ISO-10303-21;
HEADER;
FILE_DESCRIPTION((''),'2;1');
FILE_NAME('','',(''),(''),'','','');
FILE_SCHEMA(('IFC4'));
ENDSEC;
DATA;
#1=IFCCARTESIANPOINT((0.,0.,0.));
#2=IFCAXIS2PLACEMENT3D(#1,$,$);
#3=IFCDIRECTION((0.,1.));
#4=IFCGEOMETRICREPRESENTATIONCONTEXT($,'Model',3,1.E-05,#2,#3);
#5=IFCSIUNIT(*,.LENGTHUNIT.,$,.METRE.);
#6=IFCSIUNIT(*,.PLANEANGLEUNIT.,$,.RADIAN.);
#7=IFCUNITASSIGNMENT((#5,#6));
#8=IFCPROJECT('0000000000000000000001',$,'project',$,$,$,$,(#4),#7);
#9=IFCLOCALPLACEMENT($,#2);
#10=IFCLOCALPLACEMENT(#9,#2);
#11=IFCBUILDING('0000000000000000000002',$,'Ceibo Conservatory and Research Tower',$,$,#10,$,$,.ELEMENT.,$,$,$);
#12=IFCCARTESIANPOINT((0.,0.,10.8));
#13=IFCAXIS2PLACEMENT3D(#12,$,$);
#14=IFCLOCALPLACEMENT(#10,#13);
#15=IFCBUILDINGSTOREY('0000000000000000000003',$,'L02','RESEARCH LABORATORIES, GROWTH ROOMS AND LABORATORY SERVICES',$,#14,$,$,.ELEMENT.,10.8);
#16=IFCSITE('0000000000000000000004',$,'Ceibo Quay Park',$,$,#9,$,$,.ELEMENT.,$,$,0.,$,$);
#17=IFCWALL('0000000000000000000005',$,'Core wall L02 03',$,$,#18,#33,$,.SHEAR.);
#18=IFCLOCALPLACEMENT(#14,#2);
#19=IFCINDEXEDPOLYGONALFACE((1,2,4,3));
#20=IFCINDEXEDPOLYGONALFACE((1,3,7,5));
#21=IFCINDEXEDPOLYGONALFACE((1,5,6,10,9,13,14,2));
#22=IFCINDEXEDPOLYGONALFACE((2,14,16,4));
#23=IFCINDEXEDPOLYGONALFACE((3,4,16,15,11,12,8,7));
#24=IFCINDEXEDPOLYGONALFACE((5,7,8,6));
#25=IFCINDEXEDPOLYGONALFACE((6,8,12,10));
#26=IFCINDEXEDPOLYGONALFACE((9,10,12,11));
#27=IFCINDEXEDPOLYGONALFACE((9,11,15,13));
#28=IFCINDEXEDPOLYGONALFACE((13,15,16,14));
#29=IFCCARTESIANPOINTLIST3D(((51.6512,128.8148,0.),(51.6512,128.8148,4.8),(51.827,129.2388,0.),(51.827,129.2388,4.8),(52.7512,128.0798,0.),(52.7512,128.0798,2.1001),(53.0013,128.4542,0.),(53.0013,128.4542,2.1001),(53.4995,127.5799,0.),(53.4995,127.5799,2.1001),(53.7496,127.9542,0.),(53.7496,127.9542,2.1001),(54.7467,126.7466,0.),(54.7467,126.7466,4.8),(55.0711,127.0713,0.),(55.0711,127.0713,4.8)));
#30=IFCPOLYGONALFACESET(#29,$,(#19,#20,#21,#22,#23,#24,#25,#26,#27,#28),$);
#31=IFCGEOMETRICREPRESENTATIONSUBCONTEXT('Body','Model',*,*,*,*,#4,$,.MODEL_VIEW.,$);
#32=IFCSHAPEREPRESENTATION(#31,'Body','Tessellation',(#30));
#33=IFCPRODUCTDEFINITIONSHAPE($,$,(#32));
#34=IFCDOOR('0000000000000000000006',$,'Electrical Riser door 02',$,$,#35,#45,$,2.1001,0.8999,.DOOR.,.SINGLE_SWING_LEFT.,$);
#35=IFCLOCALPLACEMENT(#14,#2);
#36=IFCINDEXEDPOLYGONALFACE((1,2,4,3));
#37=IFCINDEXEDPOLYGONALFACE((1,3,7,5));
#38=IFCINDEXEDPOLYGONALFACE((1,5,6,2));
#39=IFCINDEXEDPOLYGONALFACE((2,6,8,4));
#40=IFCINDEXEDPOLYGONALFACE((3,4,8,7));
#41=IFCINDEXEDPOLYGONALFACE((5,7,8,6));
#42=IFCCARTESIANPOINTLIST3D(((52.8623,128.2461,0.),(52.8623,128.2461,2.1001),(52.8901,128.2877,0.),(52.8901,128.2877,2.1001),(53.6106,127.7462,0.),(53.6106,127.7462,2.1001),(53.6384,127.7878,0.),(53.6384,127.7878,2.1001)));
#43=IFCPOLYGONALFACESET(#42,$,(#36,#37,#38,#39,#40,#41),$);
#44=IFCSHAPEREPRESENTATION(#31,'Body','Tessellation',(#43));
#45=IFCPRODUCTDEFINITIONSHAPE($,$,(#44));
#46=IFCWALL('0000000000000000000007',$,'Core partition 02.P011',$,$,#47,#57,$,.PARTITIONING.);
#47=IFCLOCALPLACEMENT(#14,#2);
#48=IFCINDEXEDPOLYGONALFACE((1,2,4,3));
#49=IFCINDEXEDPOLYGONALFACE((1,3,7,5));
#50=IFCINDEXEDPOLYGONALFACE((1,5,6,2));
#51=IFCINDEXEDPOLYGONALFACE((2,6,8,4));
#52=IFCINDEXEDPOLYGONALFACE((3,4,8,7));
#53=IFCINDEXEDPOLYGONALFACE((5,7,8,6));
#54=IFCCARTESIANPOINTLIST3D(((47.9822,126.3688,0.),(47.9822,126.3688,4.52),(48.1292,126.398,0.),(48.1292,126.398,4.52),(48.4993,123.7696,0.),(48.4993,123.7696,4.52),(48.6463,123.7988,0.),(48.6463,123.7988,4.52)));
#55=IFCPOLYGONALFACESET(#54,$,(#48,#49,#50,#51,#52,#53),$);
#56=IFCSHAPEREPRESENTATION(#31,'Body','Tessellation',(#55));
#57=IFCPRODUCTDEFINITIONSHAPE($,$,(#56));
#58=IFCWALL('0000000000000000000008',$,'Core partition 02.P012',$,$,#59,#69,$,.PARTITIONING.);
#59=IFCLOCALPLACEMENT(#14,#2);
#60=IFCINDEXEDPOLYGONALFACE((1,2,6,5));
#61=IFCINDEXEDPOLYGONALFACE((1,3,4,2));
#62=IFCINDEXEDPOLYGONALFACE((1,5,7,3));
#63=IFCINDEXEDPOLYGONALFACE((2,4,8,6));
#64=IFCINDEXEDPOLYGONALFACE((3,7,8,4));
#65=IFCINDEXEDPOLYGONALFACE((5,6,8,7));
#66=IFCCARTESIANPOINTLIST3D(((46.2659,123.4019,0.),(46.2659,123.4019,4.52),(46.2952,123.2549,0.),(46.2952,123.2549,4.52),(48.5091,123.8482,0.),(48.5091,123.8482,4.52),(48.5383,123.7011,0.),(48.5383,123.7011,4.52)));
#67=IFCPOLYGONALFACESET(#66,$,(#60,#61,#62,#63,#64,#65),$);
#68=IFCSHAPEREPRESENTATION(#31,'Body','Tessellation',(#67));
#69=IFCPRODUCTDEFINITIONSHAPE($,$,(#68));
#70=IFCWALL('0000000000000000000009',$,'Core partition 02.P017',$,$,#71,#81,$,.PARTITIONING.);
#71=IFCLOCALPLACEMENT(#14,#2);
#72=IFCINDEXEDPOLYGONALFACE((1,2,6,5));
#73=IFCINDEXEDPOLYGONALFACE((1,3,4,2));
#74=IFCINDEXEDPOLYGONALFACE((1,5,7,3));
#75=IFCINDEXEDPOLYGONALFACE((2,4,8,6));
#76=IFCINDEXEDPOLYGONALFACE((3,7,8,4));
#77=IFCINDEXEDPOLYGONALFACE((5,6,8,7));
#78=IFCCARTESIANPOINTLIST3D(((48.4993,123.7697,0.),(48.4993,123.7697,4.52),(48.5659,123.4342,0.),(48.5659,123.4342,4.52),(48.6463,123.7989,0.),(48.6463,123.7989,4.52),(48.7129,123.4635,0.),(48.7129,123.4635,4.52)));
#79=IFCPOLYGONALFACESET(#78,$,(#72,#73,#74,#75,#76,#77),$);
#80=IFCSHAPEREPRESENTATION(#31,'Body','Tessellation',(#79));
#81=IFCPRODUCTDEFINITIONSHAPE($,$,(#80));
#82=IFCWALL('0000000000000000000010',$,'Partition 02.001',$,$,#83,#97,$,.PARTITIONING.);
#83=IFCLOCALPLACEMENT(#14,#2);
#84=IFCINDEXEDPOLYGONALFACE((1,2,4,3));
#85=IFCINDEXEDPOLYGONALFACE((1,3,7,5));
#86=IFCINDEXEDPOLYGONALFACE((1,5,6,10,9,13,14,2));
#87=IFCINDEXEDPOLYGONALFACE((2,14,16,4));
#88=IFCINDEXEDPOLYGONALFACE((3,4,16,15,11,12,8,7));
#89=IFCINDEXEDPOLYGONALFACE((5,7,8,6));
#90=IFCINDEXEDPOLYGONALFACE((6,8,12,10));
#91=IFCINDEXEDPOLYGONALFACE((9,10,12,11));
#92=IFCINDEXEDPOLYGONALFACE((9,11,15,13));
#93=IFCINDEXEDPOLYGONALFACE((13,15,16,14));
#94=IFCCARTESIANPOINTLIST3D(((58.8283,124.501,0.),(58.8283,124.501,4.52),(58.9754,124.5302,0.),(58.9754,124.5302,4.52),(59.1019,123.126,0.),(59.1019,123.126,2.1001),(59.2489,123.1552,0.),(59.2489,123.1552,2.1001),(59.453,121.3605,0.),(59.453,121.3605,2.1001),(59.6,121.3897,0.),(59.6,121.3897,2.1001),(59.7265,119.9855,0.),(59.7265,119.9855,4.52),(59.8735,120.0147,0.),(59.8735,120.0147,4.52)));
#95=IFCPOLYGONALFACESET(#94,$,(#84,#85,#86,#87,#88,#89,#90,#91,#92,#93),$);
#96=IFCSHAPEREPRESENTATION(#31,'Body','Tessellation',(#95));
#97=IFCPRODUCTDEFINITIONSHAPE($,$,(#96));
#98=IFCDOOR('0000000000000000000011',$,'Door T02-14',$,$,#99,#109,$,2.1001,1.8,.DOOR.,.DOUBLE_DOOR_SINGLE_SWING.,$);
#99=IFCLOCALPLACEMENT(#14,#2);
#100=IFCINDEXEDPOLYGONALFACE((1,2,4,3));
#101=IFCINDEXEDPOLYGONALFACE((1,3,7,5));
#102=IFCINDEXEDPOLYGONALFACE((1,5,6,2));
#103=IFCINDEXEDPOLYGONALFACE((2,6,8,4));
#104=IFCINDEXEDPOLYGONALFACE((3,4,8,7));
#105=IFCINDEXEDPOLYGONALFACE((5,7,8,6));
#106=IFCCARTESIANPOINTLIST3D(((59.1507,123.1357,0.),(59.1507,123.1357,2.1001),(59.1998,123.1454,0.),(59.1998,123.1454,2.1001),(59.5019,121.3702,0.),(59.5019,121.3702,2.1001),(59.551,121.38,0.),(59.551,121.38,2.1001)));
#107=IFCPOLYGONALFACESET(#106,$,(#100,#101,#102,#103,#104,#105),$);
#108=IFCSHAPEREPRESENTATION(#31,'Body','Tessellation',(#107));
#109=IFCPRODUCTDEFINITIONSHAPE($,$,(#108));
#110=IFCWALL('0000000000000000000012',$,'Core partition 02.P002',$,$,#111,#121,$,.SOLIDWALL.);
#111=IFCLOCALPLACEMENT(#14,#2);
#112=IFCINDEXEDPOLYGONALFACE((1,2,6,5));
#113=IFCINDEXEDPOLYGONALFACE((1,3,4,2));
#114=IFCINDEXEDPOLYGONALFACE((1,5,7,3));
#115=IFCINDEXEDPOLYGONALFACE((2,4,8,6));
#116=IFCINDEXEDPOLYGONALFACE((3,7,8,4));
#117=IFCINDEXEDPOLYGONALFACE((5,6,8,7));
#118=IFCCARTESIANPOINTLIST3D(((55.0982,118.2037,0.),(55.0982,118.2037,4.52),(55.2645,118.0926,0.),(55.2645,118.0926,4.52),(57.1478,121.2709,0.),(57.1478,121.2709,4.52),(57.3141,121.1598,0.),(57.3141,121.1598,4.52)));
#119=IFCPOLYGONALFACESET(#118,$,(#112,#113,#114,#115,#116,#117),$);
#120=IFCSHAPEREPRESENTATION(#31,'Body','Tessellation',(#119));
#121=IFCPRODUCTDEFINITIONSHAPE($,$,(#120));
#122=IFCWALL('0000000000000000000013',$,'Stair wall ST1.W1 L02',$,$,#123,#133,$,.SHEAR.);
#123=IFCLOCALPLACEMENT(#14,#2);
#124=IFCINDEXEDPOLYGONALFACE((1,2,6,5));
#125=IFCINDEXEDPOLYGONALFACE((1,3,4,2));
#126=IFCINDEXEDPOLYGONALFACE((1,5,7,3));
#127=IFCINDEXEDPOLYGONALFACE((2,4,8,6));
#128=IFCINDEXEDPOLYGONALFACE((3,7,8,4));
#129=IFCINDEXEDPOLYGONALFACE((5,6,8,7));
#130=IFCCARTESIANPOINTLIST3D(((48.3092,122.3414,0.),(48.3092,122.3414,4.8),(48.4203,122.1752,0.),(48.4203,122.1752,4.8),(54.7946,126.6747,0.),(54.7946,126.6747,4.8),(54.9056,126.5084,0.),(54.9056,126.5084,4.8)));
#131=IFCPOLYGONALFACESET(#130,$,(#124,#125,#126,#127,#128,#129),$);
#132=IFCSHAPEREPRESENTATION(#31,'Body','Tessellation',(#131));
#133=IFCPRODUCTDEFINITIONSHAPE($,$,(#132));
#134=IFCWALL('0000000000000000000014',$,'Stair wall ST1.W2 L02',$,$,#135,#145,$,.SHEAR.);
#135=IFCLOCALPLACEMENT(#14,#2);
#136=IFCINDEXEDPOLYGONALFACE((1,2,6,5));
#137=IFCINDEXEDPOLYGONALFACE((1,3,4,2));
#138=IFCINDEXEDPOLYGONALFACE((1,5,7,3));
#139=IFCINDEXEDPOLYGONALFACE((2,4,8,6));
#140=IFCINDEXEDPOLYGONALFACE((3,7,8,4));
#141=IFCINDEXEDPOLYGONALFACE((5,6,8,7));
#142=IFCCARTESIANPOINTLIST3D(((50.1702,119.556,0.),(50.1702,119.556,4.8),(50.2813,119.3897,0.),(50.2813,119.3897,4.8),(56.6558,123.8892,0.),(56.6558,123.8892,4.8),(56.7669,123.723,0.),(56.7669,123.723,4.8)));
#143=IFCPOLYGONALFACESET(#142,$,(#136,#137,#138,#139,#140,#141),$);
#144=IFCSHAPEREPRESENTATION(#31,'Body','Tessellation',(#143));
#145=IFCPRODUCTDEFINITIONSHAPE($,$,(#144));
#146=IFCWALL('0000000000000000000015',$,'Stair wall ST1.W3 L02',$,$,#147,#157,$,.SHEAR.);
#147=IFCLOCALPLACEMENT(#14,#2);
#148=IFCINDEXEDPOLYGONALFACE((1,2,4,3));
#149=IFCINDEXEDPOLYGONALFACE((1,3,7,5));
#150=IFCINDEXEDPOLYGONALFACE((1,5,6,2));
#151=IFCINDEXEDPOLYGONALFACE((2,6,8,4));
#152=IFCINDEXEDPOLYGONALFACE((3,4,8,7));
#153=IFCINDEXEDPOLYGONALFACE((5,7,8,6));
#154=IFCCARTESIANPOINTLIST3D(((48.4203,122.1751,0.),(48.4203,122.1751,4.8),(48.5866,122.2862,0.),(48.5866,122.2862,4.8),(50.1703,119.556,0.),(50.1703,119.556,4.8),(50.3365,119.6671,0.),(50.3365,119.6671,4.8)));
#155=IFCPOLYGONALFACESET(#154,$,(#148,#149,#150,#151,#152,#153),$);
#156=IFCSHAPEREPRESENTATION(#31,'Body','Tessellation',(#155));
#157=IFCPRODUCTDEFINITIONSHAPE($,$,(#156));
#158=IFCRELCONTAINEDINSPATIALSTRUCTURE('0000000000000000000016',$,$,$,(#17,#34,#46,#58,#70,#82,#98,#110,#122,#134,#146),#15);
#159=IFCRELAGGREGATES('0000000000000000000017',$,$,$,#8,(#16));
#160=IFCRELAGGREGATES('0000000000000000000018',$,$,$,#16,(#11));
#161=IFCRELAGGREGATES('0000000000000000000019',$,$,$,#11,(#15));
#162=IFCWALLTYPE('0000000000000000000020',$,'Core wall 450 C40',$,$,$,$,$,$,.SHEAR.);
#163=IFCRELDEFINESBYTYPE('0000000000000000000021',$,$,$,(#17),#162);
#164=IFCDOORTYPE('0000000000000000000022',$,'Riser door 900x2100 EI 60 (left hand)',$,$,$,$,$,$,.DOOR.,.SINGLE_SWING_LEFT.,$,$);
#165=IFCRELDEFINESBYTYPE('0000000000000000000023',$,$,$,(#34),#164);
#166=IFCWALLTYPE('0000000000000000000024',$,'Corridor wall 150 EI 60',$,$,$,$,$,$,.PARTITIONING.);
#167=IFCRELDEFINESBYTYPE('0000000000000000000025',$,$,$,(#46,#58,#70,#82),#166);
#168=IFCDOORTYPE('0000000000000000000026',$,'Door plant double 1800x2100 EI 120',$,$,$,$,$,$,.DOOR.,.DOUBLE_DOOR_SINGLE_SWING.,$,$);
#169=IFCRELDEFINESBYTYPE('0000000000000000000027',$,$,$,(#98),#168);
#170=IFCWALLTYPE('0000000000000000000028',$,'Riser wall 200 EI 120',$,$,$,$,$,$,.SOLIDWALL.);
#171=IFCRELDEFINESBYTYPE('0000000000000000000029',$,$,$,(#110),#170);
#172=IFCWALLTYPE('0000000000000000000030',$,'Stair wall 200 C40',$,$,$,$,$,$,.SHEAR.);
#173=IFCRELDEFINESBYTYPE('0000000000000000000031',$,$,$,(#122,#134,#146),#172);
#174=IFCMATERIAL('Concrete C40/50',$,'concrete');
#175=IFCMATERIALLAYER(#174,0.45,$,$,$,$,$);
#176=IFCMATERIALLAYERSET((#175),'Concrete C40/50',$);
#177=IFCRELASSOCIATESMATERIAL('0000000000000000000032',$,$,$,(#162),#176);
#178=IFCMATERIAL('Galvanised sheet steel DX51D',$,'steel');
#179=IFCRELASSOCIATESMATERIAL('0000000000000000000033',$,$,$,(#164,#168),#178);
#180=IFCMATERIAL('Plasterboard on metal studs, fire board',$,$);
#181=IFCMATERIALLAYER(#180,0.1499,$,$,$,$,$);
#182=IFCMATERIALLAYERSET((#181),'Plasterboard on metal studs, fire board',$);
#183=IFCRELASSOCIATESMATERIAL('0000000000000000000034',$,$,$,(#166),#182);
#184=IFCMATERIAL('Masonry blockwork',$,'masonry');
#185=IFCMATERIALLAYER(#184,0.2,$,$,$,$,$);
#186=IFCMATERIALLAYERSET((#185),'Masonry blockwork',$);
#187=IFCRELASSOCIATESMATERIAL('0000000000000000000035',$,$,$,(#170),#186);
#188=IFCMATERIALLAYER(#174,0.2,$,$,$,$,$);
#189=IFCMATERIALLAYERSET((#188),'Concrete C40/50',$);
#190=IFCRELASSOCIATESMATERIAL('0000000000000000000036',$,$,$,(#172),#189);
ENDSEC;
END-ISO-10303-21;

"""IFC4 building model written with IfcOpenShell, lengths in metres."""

from ifc_helpers import new_model, si_unit, direction, frame, frame_2d, origin, place, context, subcontext, project, spatial, polyline, rectangle, outline, extrude, material, layer, layer_set, type_object, element, fill, save


model = new_model("IFC4")

# Units and contexts
model_context = context("Model", 3, precision=1e-05, world=origin(), true_north=direction((0.0, 1.0)))
body_context = subcontext(model_context, "Body", "Model", "MODEL_VIEW")
ifc_project = project(units=[si_unit("LENGTHUNIT", "METRE"), si_unit("PLANEANGLEUNIT", "RADIAN")], contexts=[model_context])

# Site, building, storey
site_placement = place(None, origin())
site = spatial("IfcSite", under=ifc_project, at=site_placement, Name="Ceibo Quay Park", CompositionType="ELEMENT", RefElevation=0.0)
building_placement = place(site_placement, origin())
building = spatial("IfcBuilding", under=site, at=building_placement, Name="Ceibo Conservatory and Research Tower", CompositionType="ELEMENT")
storey_placement = place(building_placement, frame((0.0, 0.0, 10.8)))
storey = spatial("IfcBuildingStorey", under=building, at=storey_placement, Name="L02", Description="RESEARCH LABORATORIES, GROWTH ROOMS AND LABORATORY SERVICES", CompositionType="ELEMENT", Elevation=10.8)

# Wall, opening, door
ifc_material_1 = material(Name="Concrete C40/50", Category="concrete")
ifc_layer_1 = layer(ifc_material_1, 0.45)
ifc_layer_set_1 = layer_set([ifc_layer_1], Name="Concrete C40/50")
wall_type_1 = type_object("IfcWallType", Name="Core wall 450 C40", PredefinedType="SHEAR", material=ifc_layer_set_1)
ifc_material_2 = material(Name="Galvanised sheet steel DX51D", Category="steel")
door_type_1 = type_object("IfcDoorType", Name="Riser door 900x2100 EI 60 (left hand)", OperationType="SINGLE_SWING_LEFT", PredefinedType="DOOR", material=ifc_material_2)
wall_1_placement = place(storey_placement, frame((54.9089, 126.9089, 0.0), z_axis=(0.0, 0.0, 1.0), x_axis=(-0.831488, 0.555542, 0.0)))
wall_1 = element("IfcWall", 1, at=wall_1_placement, inside=storey, type_object=wall_type_1, Name="Core wall L02 03", PredefinedType="SHEAR", context=body_context, shape_type="SweptSolid", body=[
    extrude(outline(polyline([(-0.0447, -0.2251), (3.8569, -0.2251), (3.7676, 0.2251), (0.0447, 0.2251), (-0.0447, -0.2251)])), origin(), (0.0, 0.0, 1.0), 4.8),
])
opening_1_placement = place(wall_1_placement, frame((1.5447, 0.0, 0.0)))
opening_1 = element("IfcOpeningElement", 2, at=opening_1_placement, cuts=wall_1, PredefinedType="OPENING", context=body_context, shape_type="SweptSolid", body=[
    extrude(rectangle(XDim=0.8999, YDim=2.1001, at=frame_2d((0.45, 1.05))), frame((0.0, 0.2349, 0.0), z_axis=(0.0, -1.0, 0.0), x_axis=(1.0, 0.0, 0.0)), (0.0, 0.0, 1.0), 0.47),
])
door_1_placement = place(opening_1_placement, frame((0.8999, 0.0, 0.0), z_axis=(0.0, 0.0, 1.0), x_axis=(-1.0, 0.0, 0.0)))
door_1 = element("IfcDoor", 3, at=door_1_placement, inside=storey, type_object=door_type_1, Name="Electrical Riser door 02", OperationType="SINGLE_SWING_LEFT", OverallHeight=2.1001, OverallWidth=0.8999, PredefinedType="DOOR", context=body_context, shape_type="SweptSolid", body=[
    extrude(rectangle(XDim=0.8999, YDim=2.1001, at=frame_2d((0.45, 1.05))), frame((0.0, 0.0249, 0.0), z_axis=(0.0, -1.0, 0.0), x_axis=(1.0, 0.0, 0.0)), (0.0, 0.0, 1.0), 0.05),
])
fill(opening_1, door_1)

# Walls
ifc_material_3 = material(Name="Plasterboard on metal studs, fire board")
ifc_layer_2 = layer(ifc_material_3, 0.1499)
ifc_layer_set_2 = layer_set([ifc_layer_2], Name="Plasterboard on metal studs, fire board")
wall_type_2 = type_object("IfcWallType", Name="Corridor wall 150 EI 60", PredefinedType="PARTITIONING", material=ifc_layer_set_2)
wall_2_placement = place(storey_placement, frame((48.0557, 126.3835, 0.0), z_axis=(0.0, 0.0, 1.0), x_axis=(0.195124, -0.980779, 0.0)))
element("IfcWall", 4, at=wall_2_placement, inside=storey, type_object=wall_type_2, Name="Core partition 02.P011", PredefinedType="PARTITIONING", context=body_context, shape_type="SweptSolid", body=[
    extrude(rectangle(XDim=2.6501, YDim=0.1499, at=frame_2d((1.3252, 0.0))), origin(), (0.0, 0.0, 1.0), 4.52),
])
wall_3_placement = place(storey_placement, frame((48.5237, 123.7747, 0.0), z_axis=(0.0, 0.0, 1.0), x_axis=(-0.980777, -0.195131, 0.0)))
element("IfcWall", 5, at=wall_3_placement, inside=storey, type_object=wall_type_2, Name="Core partition 02.P012", PredefinedType="PARTITIONING", context=body_context, shape_type="SweptSolid", body=[
    extrude(rectangle(XDim=2.2871, YDim=0.1499, at=frame_2d((1.1436, 0.0))), origin(), (0.0, 0.0, 1.0), 4.52),
])
wall_4_placement = place(storey_placement, frame((48.6394, 123.449, 0.0), z_axis=(0.0, 0.0, 1.0), x_axis=(-0.19488, 0.980827, 0.0)))
element("IfcWall", 6, at=wall_4_placement, inside=storey, type_object=wall_type_2, Name="Core partition 02.P017", PredefinedType="PARTITIONING", context=body_context, shape_type="SweptSolid", body=[
    extrude(rectangle(XDim=0.342, YDim=0.1499, at=frame_2d((0.1709, 0.0))), origin(), (0.0, 0.0, 1.0), 4.52),
])

# Wall, opening, door
wall_5_placement = place(storey_placement, frame((58.9019, 124.5156, 0.0), z_axis=(0.0, 0.0, 1.0), x_axis=(0.195086, -0.980786, 0.0)))
wall_5 = element("IfcWall", 7, at=wall_5_placement, inside=storey, type_object=wall_type_2, Name="Partition 02.001", PredefinedType="PARTITIONING", context=body_context, shape_type="SweptSolid", body=[
    extrude(rectangle(XDim=4.604, YDim=0.1499, at=frame_2d((2.302, 0.0))), origin(), (0.0, 0.0, 1.0), 4.52),
])
opening_2_placement = place(wall_5_placement, frame((1.4021, 0.0, 0.0)))
opening_2 = element("IfcOpeningElement", 8, at=opening_2_placement, cuts=wall_5, PredefinedType="OPENING", context=body_context, shape_type="SweptSolid", body=[
    extrude(rectangle(XDim=1.8, YDim=2.1001, at=frame_2d((0.8999, 1.05))), frame((0.0, 0.085, 0.0), z_axis=(0.0, -1.0, 0.0), x_axis=(1.0, 0.0, 0.0)), (0.0, 0.0, 1.0), 0.1699),
])
door_type_2 = type_object("IfcDoorType", Name="Door plant double 1800x2100 EI 120", OperationType="DOUBLE_DOOR_SINGLE_SWING", PredefinedType="DOOR", material=ifc_material_2)
door_2_placement = place(opening_2_placement, origin())
door_2 = element("IfcDoor", 9, at=door_2_placement, inside=storey, type_object=door_type_2, Name="Door T02-14", OperationType="DOUBLE_DOOR_SINGLE_SWING", OverallHeight=2.1001, OverallWidth=1.8, PredefinedType="DOOR", context=body_context, shape_type="SweptSolid", body=[
    extrude(rectangle(XDim=1.8, YDim=2.1001, at=frame_2d((0.8999, 1.05))), frame((0.0, 0.0249, 0.0), z_axis=(0.0, -1.0, 0.0), x_axis=(1.0, 0.0, 0.0)), (0.0, 0.0, 1.0), 0.05),
])
fill(opening_2, door_2)

# Walls
ifc_material_4 = material(Name="Masonry blockwork", Category="masonry")
ifc_layer_3 = layer(ifc_material_4, 0.2)
ifc_layer_set_3 = layer_set([ifc_layer_3], Name="Masonry blockwork")
wall_type_3 = type_object("IfcWallType", Name="Riser wall 200 EI 120", PredefinedType="SOLIDWALL", material=ifc_layer_set_3)
wall_6_placement = place(storey_placement, frame((57.231, 121.2153, 0.0), z_axis=(0.0, 0.0, 1.0), x_axis=(-0.555601, -0.831449, 0.0)))
element("IfcWall", 10, at=wall_6_placement, inside=storey, type_object=wall_type_3, Name="Core partition 02.P002", PredefinedType="SOLIDWALL", context=body_context, shape_type="SweptSolid", body=[
    extrude(rectangle(XDim=3.689, YDim=0.2, at=frame_2d((1.8445, 0.0))), origin(), (0.0, 0.0, 1.0), 4.52),
])
ifc_layer_4 = layer(ifc_material_1, 0.2)
ifc_layer_set_4 = layer_set([ifc_layer_4], Name="Concrete C40/50")
wall_type_4 = type_object("IfcWallType", Name="Stair wall 200 C40", PredefinedType="SHEAR", material=ifc_layer_set_4)
wall_7_placement = place(storey_placement, frame((48.3647, 122.2583, 0.0), z_axis=(0.0, 0.0, 1.0), x_axis=(0.831477, 0.555559, 0.0)))
element("IfcWall", 11, at=wall_7_placement, inside=storey, type_object=wall_type_4, Name="Stair wall ST1.W1 L02", PredefinedType="SHEAR", context=body_context, shape_type="SweptSolid", body=[
    extrude(rectangle(XDim=7.7998, YDim=0.2, at=frame_2d((3.8999, 0.0))), origin(), (0.0, 0.0, 1.0), 4.8),
])
wall_8_placement = place(storey_placement, frame((50.2258, 119.4729, 0.0), z_axis=(0.0, 0.0, 1.0), x_axis=(0.831486, 0.555545, 0.0)))
element("IfcWall", 12, at=wall_8_placement, inside=storey, type_object=wall_type_4, Name="Stair wall ST1.W2 L02", PredefinedType="SHEAR", context=body_context, shape_type="SweptSolid", body=[
    extrude(rectangle(XDim=7.8, YDim=0.2, at=frame_2d((3.8999, 0.0))), origin(), (0.0, 0.0, 1.0), 4.8),
])
wall_9_placement = place(storey_placement, frame((50.2534, 119.6116, 0.0), z_axis=(0.0, 0.0, 1.0), x_axis=(-0.555558, 0.831478, 0.0)))
element("IfcWall", 13, at=wall_9_placement, inside=storey, type_object=wall_type_4, Name="Stair wall ST1.W3 L02", PredefinedType="SHEAR", context=body_context, shape_type="SweptSolid", body=[
    extrude(rectangle(XDim=3.1499, YDim=0.2, at=frame_2d((1.575, 0.0))), origin(), (0.0, 0.0, 1.0), 4.8),
])

save(model, "model.ifc")
